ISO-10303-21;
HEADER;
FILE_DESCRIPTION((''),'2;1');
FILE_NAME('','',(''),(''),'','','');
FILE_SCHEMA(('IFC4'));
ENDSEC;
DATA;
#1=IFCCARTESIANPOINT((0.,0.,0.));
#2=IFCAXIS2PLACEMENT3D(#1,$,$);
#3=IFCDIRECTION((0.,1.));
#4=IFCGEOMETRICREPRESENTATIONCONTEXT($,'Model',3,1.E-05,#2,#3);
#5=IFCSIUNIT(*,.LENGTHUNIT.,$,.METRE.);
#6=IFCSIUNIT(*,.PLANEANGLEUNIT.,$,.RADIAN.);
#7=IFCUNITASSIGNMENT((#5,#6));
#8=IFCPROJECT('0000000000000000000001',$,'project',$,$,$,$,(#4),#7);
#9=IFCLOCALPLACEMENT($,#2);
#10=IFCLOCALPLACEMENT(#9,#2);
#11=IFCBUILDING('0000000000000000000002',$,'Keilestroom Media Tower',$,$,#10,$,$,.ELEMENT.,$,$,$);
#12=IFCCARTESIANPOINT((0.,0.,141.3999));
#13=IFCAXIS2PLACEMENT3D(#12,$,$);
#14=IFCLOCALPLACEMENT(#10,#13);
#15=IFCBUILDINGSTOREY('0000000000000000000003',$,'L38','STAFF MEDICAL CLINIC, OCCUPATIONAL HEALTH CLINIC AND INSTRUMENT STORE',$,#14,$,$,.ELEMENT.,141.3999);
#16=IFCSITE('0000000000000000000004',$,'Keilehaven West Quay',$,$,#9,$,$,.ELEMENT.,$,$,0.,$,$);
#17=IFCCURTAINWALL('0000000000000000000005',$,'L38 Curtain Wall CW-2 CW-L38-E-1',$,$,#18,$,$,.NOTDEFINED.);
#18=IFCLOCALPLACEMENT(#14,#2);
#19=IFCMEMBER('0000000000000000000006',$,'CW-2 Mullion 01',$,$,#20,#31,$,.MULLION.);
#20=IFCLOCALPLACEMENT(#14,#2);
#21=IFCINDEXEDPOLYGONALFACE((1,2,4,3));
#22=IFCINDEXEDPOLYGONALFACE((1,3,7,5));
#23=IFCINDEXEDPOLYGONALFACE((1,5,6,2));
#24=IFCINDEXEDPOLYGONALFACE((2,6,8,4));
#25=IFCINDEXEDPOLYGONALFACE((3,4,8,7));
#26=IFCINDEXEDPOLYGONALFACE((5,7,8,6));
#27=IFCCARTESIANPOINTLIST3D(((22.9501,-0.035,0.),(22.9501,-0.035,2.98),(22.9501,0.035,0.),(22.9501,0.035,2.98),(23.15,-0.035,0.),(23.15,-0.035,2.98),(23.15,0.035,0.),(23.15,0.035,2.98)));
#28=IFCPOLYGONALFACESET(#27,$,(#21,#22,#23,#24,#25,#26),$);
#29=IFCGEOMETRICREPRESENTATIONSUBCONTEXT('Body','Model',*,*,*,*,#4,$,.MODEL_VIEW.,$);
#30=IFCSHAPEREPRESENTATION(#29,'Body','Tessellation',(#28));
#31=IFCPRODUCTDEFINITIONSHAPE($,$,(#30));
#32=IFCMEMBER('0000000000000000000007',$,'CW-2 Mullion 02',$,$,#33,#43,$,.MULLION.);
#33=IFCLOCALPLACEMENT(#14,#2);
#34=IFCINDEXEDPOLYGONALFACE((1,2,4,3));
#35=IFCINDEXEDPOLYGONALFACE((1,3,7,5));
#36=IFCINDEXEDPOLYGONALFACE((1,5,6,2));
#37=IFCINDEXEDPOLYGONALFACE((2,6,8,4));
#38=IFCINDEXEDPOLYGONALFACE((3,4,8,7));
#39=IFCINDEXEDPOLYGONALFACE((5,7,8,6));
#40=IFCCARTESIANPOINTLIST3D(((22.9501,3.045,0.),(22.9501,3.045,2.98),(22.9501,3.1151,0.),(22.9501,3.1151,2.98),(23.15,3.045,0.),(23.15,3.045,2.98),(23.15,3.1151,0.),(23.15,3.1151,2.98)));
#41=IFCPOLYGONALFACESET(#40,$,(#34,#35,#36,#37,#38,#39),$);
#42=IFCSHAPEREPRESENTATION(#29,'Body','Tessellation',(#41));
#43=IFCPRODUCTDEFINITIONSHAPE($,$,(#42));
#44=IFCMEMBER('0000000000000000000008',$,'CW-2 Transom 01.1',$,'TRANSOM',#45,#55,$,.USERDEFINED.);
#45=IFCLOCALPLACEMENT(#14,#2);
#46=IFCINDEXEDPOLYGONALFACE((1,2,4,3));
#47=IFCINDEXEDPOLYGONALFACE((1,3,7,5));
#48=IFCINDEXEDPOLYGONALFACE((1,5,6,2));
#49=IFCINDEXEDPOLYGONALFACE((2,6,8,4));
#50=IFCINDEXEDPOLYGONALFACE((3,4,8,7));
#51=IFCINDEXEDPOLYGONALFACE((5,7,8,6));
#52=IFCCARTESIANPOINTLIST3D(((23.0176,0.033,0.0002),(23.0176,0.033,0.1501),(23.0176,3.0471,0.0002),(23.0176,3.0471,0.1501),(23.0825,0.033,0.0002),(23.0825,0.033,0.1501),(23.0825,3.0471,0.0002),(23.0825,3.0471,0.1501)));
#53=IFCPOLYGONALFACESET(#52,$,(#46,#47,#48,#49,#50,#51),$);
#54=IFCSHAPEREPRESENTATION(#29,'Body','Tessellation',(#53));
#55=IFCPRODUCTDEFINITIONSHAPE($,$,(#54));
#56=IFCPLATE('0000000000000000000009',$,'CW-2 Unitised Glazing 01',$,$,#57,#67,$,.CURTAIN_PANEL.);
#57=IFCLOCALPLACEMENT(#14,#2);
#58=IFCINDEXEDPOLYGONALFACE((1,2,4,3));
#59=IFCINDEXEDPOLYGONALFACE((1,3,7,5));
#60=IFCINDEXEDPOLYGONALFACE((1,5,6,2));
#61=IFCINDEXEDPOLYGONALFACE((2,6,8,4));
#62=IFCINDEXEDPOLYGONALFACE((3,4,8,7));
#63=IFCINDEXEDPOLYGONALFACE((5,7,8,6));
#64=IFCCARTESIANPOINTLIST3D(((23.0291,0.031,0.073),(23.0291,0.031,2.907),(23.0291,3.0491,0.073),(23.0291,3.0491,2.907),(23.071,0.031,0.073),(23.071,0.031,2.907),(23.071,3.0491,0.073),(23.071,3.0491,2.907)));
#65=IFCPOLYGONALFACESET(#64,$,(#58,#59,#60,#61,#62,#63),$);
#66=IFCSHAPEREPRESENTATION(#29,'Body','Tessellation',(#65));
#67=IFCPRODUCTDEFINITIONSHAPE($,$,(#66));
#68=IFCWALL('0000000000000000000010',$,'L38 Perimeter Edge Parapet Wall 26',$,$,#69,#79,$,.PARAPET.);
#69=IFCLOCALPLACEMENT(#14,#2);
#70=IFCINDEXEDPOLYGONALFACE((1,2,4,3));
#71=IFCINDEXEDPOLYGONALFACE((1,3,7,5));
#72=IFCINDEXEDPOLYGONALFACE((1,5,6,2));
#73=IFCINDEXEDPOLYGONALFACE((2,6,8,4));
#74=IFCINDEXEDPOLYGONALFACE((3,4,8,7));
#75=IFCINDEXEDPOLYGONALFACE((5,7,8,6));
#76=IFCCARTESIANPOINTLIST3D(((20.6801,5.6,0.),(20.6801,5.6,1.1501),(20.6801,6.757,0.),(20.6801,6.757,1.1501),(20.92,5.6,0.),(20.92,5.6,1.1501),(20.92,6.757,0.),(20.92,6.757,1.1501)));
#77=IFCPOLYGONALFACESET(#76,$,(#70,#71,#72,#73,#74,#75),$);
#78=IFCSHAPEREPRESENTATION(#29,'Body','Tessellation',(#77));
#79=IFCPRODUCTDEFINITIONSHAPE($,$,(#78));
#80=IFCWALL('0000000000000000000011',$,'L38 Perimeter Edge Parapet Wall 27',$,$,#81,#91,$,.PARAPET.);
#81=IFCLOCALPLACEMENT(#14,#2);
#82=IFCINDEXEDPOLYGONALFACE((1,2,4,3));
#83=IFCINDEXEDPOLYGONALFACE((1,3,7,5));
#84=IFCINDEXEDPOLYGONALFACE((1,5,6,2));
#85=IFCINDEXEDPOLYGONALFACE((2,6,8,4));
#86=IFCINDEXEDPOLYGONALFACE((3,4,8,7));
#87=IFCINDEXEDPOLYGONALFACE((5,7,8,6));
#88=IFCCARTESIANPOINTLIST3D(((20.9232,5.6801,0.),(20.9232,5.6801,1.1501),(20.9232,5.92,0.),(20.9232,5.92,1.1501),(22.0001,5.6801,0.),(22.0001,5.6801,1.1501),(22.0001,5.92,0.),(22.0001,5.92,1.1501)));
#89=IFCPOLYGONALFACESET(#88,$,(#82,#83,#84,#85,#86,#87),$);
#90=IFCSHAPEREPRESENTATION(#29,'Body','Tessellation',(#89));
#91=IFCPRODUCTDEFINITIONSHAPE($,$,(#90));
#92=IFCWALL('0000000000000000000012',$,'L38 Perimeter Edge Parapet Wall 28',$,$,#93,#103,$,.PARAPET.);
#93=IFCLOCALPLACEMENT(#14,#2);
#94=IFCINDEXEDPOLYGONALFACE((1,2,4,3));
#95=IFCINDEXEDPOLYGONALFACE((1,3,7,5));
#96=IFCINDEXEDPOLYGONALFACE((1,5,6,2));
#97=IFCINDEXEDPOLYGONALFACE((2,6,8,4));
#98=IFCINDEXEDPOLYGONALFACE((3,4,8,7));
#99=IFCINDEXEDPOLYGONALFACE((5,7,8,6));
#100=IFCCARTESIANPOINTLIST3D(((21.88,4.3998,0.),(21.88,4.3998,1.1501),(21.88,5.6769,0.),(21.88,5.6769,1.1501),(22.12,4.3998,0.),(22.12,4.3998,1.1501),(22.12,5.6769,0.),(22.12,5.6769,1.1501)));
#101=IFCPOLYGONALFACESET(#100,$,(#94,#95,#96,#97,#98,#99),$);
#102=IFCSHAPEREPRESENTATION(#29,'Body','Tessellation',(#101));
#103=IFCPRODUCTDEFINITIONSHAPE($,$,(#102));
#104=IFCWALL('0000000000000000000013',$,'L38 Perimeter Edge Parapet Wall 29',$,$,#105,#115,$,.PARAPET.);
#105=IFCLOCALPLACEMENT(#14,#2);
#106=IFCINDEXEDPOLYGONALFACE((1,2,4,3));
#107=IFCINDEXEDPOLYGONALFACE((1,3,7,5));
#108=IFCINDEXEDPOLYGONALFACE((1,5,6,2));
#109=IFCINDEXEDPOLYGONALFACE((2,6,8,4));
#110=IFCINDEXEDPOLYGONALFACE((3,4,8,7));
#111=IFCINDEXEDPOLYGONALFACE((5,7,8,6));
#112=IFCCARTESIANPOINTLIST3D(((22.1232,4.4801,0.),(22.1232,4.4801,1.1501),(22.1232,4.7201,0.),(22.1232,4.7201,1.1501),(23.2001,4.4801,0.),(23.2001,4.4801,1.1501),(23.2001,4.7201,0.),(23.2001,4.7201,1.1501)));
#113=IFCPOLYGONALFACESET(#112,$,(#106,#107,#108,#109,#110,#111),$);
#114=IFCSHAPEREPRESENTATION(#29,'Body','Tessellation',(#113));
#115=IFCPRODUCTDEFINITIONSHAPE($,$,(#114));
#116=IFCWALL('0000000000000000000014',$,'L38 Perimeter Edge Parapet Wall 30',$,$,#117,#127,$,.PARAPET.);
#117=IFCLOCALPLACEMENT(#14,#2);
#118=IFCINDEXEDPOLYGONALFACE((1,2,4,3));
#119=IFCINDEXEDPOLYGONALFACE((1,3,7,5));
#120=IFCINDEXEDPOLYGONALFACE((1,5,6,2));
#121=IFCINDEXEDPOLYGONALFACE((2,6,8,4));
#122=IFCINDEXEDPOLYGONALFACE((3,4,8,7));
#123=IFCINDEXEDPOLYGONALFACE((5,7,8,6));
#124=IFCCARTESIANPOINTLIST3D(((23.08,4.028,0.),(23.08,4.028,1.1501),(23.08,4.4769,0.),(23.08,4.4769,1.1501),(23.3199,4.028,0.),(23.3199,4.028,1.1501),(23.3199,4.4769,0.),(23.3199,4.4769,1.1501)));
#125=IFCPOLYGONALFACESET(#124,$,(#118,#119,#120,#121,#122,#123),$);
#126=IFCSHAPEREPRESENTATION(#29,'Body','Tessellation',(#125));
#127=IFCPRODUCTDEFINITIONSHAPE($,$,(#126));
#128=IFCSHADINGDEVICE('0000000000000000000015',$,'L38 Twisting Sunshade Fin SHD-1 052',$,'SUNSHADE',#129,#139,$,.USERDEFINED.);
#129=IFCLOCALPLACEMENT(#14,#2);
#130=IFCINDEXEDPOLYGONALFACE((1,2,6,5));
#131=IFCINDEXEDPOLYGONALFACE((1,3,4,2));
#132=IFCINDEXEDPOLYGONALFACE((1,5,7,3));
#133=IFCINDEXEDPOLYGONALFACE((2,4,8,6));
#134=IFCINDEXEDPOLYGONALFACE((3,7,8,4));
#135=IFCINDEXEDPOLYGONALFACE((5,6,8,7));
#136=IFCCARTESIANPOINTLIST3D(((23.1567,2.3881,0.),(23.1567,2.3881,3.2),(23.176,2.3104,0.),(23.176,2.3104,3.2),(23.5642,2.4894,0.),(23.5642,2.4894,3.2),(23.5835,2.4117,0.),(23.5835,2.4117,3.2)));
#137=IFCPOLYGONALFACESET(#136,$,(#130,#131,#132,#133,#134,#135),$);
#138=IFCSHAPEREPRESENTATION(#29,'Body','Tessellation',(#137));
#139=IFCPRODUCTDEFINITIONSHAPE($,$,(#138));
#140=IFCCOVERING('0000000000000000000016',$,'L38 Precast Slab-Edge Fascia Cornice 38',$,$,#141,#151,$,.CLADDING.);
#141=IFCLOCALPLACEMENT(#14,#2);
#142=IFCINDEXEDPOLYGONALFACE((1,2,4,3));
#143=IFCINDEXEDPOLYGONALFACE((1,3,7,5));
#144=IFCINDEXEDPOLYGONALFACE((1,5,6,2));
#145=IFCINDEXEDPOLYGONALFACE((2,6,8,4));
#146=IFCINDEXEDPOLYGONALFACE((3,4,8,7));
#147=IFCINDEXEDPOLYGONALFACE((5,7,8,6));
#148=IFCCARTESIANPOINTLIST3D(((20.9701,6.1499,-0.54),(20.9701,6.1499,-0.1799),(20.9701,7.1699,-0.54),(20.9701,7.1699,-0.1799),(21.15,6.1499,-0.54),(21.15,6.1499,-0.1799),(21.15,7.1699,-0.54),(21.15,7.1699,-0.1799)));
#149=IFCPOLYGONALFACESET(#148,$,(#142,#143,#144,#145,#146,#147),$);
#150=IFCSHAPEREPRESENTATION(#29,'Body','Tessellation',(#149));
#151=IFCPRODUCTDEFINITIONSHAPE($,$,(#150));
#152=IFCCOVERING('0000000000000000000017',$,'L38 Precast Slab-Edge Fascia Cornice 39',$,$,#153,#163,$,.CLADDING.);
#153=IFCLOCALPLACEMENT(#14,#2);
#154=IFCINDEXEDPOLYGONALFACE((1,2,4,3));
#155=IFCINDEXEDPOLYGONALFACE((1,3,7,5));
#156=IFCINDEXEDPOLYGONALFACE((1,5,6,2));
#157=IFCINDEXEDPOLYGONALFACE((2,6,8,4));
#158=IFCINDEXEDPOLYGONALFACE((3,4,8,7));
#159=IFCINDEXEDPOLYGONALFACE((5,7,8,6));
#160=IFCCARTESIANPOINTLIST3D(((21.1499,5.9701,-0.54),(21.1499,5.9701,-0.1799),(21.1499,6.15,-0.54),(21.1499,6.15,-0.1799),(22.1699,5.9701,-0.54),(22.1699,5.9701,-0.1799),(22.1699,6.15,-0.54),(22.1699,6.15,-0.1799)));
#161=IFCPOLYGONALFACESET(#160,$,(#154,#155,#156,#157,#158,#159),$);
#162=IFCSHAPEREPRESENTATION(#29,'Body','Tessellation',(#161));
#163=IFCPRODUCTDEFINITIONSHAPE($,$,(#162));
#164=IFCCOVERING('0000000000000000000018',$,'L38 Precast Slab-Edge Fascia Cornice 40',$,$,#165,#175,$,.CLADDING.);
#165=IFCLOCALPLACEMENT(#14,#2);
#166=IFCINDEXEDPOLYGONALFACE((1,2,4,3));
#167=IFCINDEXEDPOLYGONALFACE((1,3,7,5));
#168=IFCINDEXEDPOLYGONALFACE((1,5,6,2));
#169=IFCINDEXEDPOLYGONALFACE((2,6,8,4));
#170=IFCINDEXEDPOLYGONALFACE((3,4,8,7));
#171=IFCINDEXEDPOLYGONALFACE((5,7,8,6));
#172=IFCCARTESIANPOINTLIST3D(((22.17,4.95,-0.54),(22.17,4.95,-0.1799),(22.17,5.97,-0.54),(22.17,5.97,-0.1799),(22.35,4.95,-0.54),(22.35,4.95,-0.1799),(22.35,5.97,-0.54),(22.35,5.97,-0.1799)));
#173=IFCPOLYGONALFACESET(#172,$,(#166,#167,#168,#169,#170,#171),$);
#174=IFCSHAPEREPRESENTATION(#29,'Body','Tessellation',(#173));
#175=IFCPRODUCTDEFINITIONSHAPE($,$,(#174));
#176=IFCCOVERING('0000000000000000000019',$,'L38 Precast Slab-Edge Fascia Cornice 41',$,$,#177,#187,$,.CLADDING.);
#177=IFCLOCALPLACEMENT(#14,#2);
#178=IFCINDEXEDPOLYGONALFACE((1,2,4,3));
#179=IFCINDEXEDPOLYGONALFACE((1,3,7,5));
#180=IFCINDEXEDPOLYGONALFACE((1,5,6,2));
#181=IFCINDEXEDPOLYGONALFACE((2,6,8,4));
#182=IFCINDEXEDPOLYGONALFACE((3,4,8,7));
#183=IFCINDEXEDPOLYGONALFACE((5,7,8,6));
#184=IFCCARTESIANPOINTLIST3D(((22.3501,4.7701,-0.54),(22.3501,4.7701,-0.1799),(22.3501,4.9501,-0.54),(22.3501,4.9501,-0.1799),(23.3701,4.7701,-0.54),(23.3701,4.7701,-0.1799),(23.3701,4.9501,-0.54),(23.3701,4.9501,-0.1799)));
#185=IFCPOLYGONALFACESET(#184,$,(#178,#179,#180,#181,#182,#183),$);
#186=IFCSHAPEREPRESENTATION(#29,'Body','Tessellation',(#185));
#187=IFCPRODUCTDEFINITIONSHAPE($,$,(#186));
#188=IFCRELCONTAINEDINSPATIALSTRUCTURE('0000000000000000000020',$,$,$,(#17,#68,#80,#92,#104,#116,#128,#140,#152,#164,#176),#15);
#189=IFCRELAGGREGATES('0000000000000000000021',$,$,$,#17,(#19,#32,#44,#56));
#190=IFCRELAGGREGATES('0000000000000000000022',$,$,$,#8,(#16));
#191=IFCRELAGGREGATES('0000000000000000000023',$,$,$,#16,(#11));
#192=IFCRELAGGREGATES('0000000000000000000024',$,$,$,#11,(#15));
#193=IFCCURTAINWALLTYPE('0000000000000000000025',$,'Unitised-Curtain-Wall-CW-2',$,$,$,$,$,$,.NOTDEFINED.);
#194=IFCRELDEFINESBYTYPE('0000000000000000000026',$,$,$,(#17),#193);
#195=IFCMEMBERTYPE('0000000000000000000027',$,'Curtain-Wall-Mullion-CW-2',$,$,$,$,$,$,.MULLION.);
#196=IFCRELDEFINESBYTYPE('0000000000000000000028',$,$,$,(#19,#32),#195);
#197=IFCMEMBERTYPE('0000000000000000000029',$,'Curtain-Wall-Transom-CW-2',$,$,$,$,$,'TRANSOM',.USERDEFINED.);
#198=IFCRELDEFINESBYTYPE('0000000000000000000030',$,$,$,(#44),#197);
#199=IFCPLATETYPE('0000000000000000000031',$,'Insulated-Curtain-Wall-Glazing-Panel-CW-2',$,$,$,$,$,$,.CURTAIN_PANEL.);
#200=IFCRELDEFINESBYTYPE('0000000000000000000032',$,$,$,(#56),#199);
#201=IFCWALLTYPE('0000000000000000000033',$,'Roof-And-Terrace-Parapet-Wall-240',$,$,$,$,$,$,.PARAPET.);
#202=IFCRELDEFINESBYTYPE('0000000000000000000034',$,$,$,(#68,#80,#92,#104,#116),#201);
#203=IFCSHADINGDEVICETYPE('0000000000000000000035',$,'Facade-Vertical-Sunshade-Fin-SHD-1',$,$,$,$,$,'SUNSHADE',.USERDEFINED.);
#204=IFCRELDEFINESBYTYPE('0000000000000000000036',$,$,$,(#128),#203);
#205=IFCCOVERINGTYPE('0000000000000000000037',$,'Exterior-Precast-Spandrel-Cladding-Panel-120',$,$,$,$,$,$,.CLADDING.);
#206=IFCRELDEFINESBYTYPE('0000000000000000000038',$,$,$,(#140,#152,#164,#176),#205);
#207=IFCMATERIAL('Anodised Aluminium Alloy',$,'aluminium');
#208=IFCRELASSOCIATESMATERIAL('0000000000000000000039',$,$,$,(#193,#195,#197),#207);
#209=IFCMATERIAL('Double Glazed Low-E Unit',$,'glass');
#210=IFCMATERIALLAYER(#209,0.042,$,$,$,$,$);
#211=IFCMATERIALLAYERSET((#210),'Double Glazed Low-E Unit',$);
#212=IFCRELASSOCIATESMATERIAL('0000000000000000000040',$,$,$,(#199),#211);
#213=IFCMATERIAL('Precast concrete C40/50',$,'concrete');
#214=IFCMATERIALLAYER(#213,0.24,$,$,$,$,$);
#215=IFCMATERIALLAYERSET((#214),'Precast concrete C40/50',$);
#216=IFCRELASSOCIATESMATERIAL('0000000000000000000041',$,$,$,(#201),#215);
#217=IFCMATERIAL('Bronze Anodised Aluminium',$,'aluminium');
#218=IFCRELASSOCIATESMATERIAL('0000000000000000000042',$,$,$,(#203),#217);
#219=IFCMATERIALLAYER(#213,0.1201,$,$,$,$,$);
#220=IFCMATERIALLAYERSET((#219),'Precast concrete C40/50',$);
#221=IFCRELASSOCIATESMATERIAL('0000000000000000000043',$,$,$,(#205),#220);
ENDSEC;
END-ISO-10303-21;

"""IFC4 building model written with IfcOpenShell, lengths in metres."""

from ifc_helpers import new_model, si_unit, direction, frame, frame_2d, origin, origin_2d, place, context, subcontext, project, spatial, rectangle, extrude, source, transform, mapped, material, layer, layer_set, material_profile, profile_set, type_object, element, aggregate, save


model = new_model("IFC4")

# Units and contexts
model_context = context("Model", 3, precision=1e-05, world=origin(), true_north=direction((0.0, 1.0)))
body_context = subcontext(model_context, "Body", "Model", "MODEL_VIEW")
ifc_project = project(units=[si_unit("LENGTHUNIT", "METRE"), si_unit("PLANEANGLEUNIT", "RADIAN")], contexts=[model_context])

# Site, building, storey
site_placement = place(None, origin())
site = spatial("IfcSite", under=ifc_project, at=site_placement, Name="Keilehaven West Quay", CompositionType="ELEMENT", RefElevation=0.0)
building_placement = place(site_placement, origin())
building = spatial("IfcBuilding", under=site, at=building_placement, Name="Keilestroom Media Tower", CompositionType="ELEMENT")
storey_placement = place(building_placement, frame((0.0, 0.0, 141.3999)))
storey = spatial("IfcBuildingStorey", under=building, at=storey_placement, Name="L38", Description="STAFF MEDICAL CLINIC, OCCUPATIONAL HEALTH CLINIC AND INSTRUMENT STORE", CompositionType="ELEMENT", Elevation=141.3999)

# Shared definitions
ifc_material_1 = material(Name="Precast concrete C40/50", Category="concrete")

# Curtain wall, members, plate
ifc_material_2 = material(Name="Anodised Aluminium Alloy", Category="aluminium")
curtain_wall_type = type_object("IfcCurtainWallType", Name="Unitised-Curtain-Wall-CW-2", PredefinedType="NOTDEFINED", material=ifc_material_2)
curtain_wall_placement = place(storey_placement, origin())
curtain_wall = element("IfcCurtainWall", 1, at=curtain_wall_placement, inside=storey, type_object=curtain_wall_type, Name="L38 Curtain Wall CW-2 CW-L38-E-1", PredefinedType="NOTDEFINED")
ifc_material_profile_1 = material_profile(ifc_material_2, rectangle(XDim=0.0701, YDim=0.2, at=origin_2d()), Name="ALU MULLION 70x200")
ifc_profile_set_1 = profile_set([ifc_material_profile_1], Name="Anodised Aluminium Alloy")
member_type_1 = type_object("IfcMemberType", Name="Curtain-Wall-Mullion-CW-2", PredefinedType="MULLION", material=ifc_profile_set_1)
shared_shape_1 = source(origin(), body_context, "Body", "SweptSolid", [
    extrude(rectangle(XDim=0.0701, YDim=0.2, at=origin_2d()), origin(), (0.0, 0.0, 1.0), 2.98),
])
member_1_placement = place(storey_placement, frame((23.05, 0.0, 0.0), z_axis=(0.0, 0.0, 1.0), x_axis=(0.0, 1.0, 0.0)))
member_1 = element("IfcMember", 2, at=member_1_placement, type_object=member_type_1, Name="CW-2 Mullion 01", PredefinedType="MULLION", context=body_context, shape_type="MappedRepresentation", body=[
    mapped(shared_shape_1, transform((0.0, 0.0, 0.0), x_axis=(1.0, 0.0, 0.0), y_axis=(0.0, 1.0, 0.0), z_axis=(0.0, 0.0, 1.0), scale=1.0)),
])
member_2_placement = place(storey_placement, frame((23.05, 3.0801, 0.0), z_axis=(0.0, 0.0, 1.0), x_axis=(0.0, 1.0, 0.0)))
member_2 = element("IfcMember", 3, at=member_2_placement, type_object=member_type_1, Name="CW-2 Mullion 02", PredefinedType="MULLION", context=body_context, shape_type="MappedRepresentation", body=[
    mapped(shared_shape_1, transform((0.0, 0.0, 0.0), x_axis=(1.0, 0.0, 0.0), y_axis=(0.0, 1.0, 0.0), z_axis=(0.0, 0.0, 1.0), scale=1.0)),
])
ifc_material_profile_2 = material_profile(ifc_material_2, rectangle(XDim=0.0649, YDim=0.1499, at=origin_2d()), Name="ALU TRANSOM 65x150")
ifc_profile_set_2 = profile_set([ifc_material_profile_2], Name="Anodised Aluminium Alloy")
member_type_2 = type_object("IfcMemberType", Name="Curtain-Wall-Transom-CW-2", ElementType="TRANSOM", PredefinedType="USERDEFINED", material=ifc_profile_set_2)
shared_shape_2 = source(origin(), body_context, "Body", "SweptSolid", [
    extrude(rectangle(XDim=0.0649, YDim=0.1499, at=origin_2d()), origin(), (0.0, 0.0, 1.0), 3.0142),
])
member_3_placement = place(storey_placement, frame((23.05, 0.033, 0.0752), z_axis=(0.0, 1.0, 0.0), x_axis=(-1.0, 0.0, 0.0)))
member_3 = element("IfcMember", 4, at=member_3_placement, type_object=member_type_2, Name="CW-2 Transom 01.1", ObjectType="TRANSOM", PredefinedType="USERDEFINED", context=body_context, shape_type="MappedRepresentation", body=[
    mapped(shared_shape_2, transform((0.0, 0.0, 0.0), x_axis=(1.0, 0.0, 0.0), y_axis=(0.0, 1.0, 0.0), z_axis=(0.0, 0.0, 1.0), scale=1.0)),
])
ifc_material_3 = material(Name="Double Glazed Low-E Unit", Category="glass")
ifc_layer_1 = layer(ifc_material_3, 0.042)
ifc_layer_set_1 = layer_set([ifc_layer_1], Name="Double Glazed Low-E Unit")
plate_type = type_object("IfcPlateType", Name="Insulated-Curtain-Wall-Glazing-Panel-CW-2", PredefinedType="CURTAIN_PANEL", material=ifc_layer_set_1)
shared_shape_3 = source(origin(), body_context, "Body", "SweptSolid", [
    extrude(rectangle(XDim=3.0181, YDim=0.042, at=origin_2d()), origin(), (0.0, 0.0, 1.0), 2.834),
])
plate_placement = place(storey_placement, frame((23.05, 1.54, 0.073), z_axis=(0.0, 0.0, 1.0), x_axis=(0.0, 1.0, 0.0)))
plate = element("IfcPlate", 5, at=plate_placement, type_object=plate_type, Name="CW-2 Unitised Glazing 01", PredefinedType="CURTAIN_PANEL", context=body_context, shape_type="MappedRepresentation", body=[
    mapped(shared_shape_3, transform((0.0, 0.0, 0.0), x_axis=(1.0, 0.0, 0.0), y_axis=(0.0, 1.0, 0.0), z_axis=(0.0, 0.0, 1.0), scale=1.0)),
])
aggregate(curtain_wall, [member_1, member_2, member_3, plate])

# Walls
ifc_layer_2 = layer(ifc_material_1, 0.24)
ifc_layer_set_2 = layer_set([ifc_layer_2], Name="Precast concrete C40/50")
wall_type = type_object("IfcWallType", Name="Roof-And-Terrace-Parapet-Wall-240", PredefinedType="PARAPET", material=ifc_layer_set_2)
wall_1_placement = place(storey_placement, frame((20.8, 6.7571, 0.0), z_axis=(0.0, 0.0, 1.0), x_axis=(0.0, -1.0, 0.0)))
element("IfcWall", 6, at=wall_1_placement, inside=storey, type_object=wall_type, Name="L38 Perimeter Edge Parapet Wall 26", PredefinedType="PARAPET", context=body_context, shape_type="SweptSolid", body=[
    extrude(rectangle(XDim=1.157, YDim=0.24, at=frame_2d((0.5786, 0.0))), origin(), (0.0, 0.0, 1.0), 1.1501),
])
wall_2_placement = place(storey_placement, frame((20.9231, 5.8, 0.0), z_axis=(0.0, 0.0, 1.0), x_axis=(1.0, 0.0, 0.0)))
element("IfcWall", 7, at=wall_2_placement, inside=storey, type_object=wall_type, Name="L38 Perimeter Edge Parapet Wall 27", PredefinedType="PARAPET", context=body_context, shape_type="SweptSolid", body=[
    extrude(rectangle(XDim=1.0769, YDim=0.24, at=frame_2d((0.5386, 0.0))), origin(), (0.0, 0.0, 1.0), 1.1501),
])
wall_3_placement = place(storey_placement, frame((22.0, 5.677, 0.0), z_axis=(0.0, 0.0, 1.0), x_axis=(0.0, -1.0, 0.0)))
element("IfcWall", 8, at=wall_3_placement, inside=storey, type_object=wall_type, Name="L38 Perimeter Edge Parapet Wall 28", PredefinedType="PARAPET", context=body_context, shape_type="SweptSolid", body=[
    extrude(rectangle(XDim=1.2771, YDim=0.24, at=frame_2d((0.6387, 0.0))), origin(), (0.0, 0.0, 1.0), 1.1501),
])
wall_4_placement = place(storey_placement, frame((22.123, 4.6001, 0.0), z_axis=(0.0, 0.0, 1.0), x_axis=(1.0, 0.0, 0.0)))
element("IfcWall", 9, at=wall_4_placement, inside=storey, type_object=wall_type, Name="L38 Perimeter Edge Parapet Wall 29", PredefinedType="PARAPET", context=body_context, shape_type="SweptSolid", body=[
    extrude(rectangle(XDim=1.0769, YDim=0.24, at=frame_2d((0.5386, 0.0))), origin(), (0.0, 0.0, 1.0), 1.1501),
])
wall_5_placement = place(storey_placement, frame((23.2, 4.4771, 0.0), z_axis=(0.0, 0.0, 1.0), x_axis=(0.0, -1.0, 0.0)))
element("IfcWall", 10, at=wall_5_placement, inside=storey, type_object=wall_type, Name="L38 Perimeter Edge Parapet Wall 30", PredefinedType="PARAPET", context=body_context, shape_type="SweptSolid", body=[
    extrude(rectangle(XDim=0.449, YDim=0.24, at=frame_2d((0.2246, 0.0))), origin(), (0.0, 0.0, 1.0), 1.1501),
])

# Shading device
ifc_material_4 = material(Name="Bronze Anodised Aluminium", Category="aluminium")
shading_device_type = type_object("IfcShadingDeviceType", Name="Facade-Vertical-Sunshade-Fin-SHD-1", ElementType="SUNSHADE", PredefinedType="USERDEFINED", material=ifc_material_4)
shared_shape_4 = source(origin(), body_context, "Body", "SweptSolid", [
    extrude(rectangle(XDim=0.4199, YDim=0.0801, at=origin_2d()), origin(), (0.0, 0.0, 1.0), 3.2),
])
shading_device_placement = place(storey_placement, frame((23.3701, 2.3999, 0.0), z_axis=(0.0, 0.0, 1.0), x_axis=(0.970422, 0.241414, 0.0)))
element("IfcShadingDevice", 11, at=shading_device_placement, inside=storey, type_object=shading_device_type, Name="L38 Twisting Sunshade Fin SHD-1 052", ObjectType="SUNSHADE", PredefinedType="USERDEFINED", context=body_context, shape_type="MappedRepresentation", body=[
    mapped(shared_shape_4, transform((0.0, 0.0, 0.0), x_axis=(1.0, 0.0, 0.0), y_axis=(0.0, 1.0, 0.0), z_axis=(0.0, 0.0, 1.0), scale=1.0)),
])

# Coverings
ifc_layer_3 = layer(ifc_material_1, 0.1201)
ifc_layer_set_3 = layer_set([ifc_layer_3], Name="Precast concrete C40/50")
covering_type = type_object("IfcCoveringType", Name="Exterior-Precast-Spandrel-Cladding-Panel-120", PredefinedType="CLADDING", material=ifc_layer_set_3)
shared_shape_5 = source(origin(), body_context, "Body", "SweptSolid", [
    extrude(rectangle(XDim=1.02, YDim=0.1799, at=origin_2d()), origin(), (0.0, 0.0, 1.0), 0.3601),
])
for number, where, z_axis, x_axis, name in (
    (12, (21.0601, 6.6599, -0.54), (0.0, 0.0, 1.0), (0.0, -1.0, 0.0), "L38 Precast Slab-Edge Fascia Cornice 38"),
    (13, (21.6599, 6.0601, -0.54), (0.0, 0.0, 1.0), (1.0, 0.0, 0.0), "L38 Precast Slab-Edge Fascia Cornice 39"),
    (14, (22.26, 5.46, -0.54), (0.0, 0.0, 1.0), (0.0, -1.0, 0.0), "L38 Precast Slab-Edge Fascia Cornice 40"),
    (15, (22.8601, 4.8601, -0.54), (0.0, 0.0, 1.0), (1.0, 0.0, 0.0), "L38 Precast Slab-Edge Fascia Cornice 41"),
):
    element("IfcCovering", number, at=place(storey_placement, frame(where, z_axis=z_axis, x_axis=x_axis)), inside=storey, type_object=covering_type, Name=name, PredefinedType="CLADDING", context=body_context, shape_type="MappedRepresentation", body=[
        mapped(shared_shape_5, transform((0.0, 0.0, 0.0), x_axis=(1.0, 0.0, 0.0), y_axis=(0.0, 1.0, 0.0), z_axis=(0.0, 0.0, 1.0), scale=1.0)),
    ])

save(model, "model.ifc")
